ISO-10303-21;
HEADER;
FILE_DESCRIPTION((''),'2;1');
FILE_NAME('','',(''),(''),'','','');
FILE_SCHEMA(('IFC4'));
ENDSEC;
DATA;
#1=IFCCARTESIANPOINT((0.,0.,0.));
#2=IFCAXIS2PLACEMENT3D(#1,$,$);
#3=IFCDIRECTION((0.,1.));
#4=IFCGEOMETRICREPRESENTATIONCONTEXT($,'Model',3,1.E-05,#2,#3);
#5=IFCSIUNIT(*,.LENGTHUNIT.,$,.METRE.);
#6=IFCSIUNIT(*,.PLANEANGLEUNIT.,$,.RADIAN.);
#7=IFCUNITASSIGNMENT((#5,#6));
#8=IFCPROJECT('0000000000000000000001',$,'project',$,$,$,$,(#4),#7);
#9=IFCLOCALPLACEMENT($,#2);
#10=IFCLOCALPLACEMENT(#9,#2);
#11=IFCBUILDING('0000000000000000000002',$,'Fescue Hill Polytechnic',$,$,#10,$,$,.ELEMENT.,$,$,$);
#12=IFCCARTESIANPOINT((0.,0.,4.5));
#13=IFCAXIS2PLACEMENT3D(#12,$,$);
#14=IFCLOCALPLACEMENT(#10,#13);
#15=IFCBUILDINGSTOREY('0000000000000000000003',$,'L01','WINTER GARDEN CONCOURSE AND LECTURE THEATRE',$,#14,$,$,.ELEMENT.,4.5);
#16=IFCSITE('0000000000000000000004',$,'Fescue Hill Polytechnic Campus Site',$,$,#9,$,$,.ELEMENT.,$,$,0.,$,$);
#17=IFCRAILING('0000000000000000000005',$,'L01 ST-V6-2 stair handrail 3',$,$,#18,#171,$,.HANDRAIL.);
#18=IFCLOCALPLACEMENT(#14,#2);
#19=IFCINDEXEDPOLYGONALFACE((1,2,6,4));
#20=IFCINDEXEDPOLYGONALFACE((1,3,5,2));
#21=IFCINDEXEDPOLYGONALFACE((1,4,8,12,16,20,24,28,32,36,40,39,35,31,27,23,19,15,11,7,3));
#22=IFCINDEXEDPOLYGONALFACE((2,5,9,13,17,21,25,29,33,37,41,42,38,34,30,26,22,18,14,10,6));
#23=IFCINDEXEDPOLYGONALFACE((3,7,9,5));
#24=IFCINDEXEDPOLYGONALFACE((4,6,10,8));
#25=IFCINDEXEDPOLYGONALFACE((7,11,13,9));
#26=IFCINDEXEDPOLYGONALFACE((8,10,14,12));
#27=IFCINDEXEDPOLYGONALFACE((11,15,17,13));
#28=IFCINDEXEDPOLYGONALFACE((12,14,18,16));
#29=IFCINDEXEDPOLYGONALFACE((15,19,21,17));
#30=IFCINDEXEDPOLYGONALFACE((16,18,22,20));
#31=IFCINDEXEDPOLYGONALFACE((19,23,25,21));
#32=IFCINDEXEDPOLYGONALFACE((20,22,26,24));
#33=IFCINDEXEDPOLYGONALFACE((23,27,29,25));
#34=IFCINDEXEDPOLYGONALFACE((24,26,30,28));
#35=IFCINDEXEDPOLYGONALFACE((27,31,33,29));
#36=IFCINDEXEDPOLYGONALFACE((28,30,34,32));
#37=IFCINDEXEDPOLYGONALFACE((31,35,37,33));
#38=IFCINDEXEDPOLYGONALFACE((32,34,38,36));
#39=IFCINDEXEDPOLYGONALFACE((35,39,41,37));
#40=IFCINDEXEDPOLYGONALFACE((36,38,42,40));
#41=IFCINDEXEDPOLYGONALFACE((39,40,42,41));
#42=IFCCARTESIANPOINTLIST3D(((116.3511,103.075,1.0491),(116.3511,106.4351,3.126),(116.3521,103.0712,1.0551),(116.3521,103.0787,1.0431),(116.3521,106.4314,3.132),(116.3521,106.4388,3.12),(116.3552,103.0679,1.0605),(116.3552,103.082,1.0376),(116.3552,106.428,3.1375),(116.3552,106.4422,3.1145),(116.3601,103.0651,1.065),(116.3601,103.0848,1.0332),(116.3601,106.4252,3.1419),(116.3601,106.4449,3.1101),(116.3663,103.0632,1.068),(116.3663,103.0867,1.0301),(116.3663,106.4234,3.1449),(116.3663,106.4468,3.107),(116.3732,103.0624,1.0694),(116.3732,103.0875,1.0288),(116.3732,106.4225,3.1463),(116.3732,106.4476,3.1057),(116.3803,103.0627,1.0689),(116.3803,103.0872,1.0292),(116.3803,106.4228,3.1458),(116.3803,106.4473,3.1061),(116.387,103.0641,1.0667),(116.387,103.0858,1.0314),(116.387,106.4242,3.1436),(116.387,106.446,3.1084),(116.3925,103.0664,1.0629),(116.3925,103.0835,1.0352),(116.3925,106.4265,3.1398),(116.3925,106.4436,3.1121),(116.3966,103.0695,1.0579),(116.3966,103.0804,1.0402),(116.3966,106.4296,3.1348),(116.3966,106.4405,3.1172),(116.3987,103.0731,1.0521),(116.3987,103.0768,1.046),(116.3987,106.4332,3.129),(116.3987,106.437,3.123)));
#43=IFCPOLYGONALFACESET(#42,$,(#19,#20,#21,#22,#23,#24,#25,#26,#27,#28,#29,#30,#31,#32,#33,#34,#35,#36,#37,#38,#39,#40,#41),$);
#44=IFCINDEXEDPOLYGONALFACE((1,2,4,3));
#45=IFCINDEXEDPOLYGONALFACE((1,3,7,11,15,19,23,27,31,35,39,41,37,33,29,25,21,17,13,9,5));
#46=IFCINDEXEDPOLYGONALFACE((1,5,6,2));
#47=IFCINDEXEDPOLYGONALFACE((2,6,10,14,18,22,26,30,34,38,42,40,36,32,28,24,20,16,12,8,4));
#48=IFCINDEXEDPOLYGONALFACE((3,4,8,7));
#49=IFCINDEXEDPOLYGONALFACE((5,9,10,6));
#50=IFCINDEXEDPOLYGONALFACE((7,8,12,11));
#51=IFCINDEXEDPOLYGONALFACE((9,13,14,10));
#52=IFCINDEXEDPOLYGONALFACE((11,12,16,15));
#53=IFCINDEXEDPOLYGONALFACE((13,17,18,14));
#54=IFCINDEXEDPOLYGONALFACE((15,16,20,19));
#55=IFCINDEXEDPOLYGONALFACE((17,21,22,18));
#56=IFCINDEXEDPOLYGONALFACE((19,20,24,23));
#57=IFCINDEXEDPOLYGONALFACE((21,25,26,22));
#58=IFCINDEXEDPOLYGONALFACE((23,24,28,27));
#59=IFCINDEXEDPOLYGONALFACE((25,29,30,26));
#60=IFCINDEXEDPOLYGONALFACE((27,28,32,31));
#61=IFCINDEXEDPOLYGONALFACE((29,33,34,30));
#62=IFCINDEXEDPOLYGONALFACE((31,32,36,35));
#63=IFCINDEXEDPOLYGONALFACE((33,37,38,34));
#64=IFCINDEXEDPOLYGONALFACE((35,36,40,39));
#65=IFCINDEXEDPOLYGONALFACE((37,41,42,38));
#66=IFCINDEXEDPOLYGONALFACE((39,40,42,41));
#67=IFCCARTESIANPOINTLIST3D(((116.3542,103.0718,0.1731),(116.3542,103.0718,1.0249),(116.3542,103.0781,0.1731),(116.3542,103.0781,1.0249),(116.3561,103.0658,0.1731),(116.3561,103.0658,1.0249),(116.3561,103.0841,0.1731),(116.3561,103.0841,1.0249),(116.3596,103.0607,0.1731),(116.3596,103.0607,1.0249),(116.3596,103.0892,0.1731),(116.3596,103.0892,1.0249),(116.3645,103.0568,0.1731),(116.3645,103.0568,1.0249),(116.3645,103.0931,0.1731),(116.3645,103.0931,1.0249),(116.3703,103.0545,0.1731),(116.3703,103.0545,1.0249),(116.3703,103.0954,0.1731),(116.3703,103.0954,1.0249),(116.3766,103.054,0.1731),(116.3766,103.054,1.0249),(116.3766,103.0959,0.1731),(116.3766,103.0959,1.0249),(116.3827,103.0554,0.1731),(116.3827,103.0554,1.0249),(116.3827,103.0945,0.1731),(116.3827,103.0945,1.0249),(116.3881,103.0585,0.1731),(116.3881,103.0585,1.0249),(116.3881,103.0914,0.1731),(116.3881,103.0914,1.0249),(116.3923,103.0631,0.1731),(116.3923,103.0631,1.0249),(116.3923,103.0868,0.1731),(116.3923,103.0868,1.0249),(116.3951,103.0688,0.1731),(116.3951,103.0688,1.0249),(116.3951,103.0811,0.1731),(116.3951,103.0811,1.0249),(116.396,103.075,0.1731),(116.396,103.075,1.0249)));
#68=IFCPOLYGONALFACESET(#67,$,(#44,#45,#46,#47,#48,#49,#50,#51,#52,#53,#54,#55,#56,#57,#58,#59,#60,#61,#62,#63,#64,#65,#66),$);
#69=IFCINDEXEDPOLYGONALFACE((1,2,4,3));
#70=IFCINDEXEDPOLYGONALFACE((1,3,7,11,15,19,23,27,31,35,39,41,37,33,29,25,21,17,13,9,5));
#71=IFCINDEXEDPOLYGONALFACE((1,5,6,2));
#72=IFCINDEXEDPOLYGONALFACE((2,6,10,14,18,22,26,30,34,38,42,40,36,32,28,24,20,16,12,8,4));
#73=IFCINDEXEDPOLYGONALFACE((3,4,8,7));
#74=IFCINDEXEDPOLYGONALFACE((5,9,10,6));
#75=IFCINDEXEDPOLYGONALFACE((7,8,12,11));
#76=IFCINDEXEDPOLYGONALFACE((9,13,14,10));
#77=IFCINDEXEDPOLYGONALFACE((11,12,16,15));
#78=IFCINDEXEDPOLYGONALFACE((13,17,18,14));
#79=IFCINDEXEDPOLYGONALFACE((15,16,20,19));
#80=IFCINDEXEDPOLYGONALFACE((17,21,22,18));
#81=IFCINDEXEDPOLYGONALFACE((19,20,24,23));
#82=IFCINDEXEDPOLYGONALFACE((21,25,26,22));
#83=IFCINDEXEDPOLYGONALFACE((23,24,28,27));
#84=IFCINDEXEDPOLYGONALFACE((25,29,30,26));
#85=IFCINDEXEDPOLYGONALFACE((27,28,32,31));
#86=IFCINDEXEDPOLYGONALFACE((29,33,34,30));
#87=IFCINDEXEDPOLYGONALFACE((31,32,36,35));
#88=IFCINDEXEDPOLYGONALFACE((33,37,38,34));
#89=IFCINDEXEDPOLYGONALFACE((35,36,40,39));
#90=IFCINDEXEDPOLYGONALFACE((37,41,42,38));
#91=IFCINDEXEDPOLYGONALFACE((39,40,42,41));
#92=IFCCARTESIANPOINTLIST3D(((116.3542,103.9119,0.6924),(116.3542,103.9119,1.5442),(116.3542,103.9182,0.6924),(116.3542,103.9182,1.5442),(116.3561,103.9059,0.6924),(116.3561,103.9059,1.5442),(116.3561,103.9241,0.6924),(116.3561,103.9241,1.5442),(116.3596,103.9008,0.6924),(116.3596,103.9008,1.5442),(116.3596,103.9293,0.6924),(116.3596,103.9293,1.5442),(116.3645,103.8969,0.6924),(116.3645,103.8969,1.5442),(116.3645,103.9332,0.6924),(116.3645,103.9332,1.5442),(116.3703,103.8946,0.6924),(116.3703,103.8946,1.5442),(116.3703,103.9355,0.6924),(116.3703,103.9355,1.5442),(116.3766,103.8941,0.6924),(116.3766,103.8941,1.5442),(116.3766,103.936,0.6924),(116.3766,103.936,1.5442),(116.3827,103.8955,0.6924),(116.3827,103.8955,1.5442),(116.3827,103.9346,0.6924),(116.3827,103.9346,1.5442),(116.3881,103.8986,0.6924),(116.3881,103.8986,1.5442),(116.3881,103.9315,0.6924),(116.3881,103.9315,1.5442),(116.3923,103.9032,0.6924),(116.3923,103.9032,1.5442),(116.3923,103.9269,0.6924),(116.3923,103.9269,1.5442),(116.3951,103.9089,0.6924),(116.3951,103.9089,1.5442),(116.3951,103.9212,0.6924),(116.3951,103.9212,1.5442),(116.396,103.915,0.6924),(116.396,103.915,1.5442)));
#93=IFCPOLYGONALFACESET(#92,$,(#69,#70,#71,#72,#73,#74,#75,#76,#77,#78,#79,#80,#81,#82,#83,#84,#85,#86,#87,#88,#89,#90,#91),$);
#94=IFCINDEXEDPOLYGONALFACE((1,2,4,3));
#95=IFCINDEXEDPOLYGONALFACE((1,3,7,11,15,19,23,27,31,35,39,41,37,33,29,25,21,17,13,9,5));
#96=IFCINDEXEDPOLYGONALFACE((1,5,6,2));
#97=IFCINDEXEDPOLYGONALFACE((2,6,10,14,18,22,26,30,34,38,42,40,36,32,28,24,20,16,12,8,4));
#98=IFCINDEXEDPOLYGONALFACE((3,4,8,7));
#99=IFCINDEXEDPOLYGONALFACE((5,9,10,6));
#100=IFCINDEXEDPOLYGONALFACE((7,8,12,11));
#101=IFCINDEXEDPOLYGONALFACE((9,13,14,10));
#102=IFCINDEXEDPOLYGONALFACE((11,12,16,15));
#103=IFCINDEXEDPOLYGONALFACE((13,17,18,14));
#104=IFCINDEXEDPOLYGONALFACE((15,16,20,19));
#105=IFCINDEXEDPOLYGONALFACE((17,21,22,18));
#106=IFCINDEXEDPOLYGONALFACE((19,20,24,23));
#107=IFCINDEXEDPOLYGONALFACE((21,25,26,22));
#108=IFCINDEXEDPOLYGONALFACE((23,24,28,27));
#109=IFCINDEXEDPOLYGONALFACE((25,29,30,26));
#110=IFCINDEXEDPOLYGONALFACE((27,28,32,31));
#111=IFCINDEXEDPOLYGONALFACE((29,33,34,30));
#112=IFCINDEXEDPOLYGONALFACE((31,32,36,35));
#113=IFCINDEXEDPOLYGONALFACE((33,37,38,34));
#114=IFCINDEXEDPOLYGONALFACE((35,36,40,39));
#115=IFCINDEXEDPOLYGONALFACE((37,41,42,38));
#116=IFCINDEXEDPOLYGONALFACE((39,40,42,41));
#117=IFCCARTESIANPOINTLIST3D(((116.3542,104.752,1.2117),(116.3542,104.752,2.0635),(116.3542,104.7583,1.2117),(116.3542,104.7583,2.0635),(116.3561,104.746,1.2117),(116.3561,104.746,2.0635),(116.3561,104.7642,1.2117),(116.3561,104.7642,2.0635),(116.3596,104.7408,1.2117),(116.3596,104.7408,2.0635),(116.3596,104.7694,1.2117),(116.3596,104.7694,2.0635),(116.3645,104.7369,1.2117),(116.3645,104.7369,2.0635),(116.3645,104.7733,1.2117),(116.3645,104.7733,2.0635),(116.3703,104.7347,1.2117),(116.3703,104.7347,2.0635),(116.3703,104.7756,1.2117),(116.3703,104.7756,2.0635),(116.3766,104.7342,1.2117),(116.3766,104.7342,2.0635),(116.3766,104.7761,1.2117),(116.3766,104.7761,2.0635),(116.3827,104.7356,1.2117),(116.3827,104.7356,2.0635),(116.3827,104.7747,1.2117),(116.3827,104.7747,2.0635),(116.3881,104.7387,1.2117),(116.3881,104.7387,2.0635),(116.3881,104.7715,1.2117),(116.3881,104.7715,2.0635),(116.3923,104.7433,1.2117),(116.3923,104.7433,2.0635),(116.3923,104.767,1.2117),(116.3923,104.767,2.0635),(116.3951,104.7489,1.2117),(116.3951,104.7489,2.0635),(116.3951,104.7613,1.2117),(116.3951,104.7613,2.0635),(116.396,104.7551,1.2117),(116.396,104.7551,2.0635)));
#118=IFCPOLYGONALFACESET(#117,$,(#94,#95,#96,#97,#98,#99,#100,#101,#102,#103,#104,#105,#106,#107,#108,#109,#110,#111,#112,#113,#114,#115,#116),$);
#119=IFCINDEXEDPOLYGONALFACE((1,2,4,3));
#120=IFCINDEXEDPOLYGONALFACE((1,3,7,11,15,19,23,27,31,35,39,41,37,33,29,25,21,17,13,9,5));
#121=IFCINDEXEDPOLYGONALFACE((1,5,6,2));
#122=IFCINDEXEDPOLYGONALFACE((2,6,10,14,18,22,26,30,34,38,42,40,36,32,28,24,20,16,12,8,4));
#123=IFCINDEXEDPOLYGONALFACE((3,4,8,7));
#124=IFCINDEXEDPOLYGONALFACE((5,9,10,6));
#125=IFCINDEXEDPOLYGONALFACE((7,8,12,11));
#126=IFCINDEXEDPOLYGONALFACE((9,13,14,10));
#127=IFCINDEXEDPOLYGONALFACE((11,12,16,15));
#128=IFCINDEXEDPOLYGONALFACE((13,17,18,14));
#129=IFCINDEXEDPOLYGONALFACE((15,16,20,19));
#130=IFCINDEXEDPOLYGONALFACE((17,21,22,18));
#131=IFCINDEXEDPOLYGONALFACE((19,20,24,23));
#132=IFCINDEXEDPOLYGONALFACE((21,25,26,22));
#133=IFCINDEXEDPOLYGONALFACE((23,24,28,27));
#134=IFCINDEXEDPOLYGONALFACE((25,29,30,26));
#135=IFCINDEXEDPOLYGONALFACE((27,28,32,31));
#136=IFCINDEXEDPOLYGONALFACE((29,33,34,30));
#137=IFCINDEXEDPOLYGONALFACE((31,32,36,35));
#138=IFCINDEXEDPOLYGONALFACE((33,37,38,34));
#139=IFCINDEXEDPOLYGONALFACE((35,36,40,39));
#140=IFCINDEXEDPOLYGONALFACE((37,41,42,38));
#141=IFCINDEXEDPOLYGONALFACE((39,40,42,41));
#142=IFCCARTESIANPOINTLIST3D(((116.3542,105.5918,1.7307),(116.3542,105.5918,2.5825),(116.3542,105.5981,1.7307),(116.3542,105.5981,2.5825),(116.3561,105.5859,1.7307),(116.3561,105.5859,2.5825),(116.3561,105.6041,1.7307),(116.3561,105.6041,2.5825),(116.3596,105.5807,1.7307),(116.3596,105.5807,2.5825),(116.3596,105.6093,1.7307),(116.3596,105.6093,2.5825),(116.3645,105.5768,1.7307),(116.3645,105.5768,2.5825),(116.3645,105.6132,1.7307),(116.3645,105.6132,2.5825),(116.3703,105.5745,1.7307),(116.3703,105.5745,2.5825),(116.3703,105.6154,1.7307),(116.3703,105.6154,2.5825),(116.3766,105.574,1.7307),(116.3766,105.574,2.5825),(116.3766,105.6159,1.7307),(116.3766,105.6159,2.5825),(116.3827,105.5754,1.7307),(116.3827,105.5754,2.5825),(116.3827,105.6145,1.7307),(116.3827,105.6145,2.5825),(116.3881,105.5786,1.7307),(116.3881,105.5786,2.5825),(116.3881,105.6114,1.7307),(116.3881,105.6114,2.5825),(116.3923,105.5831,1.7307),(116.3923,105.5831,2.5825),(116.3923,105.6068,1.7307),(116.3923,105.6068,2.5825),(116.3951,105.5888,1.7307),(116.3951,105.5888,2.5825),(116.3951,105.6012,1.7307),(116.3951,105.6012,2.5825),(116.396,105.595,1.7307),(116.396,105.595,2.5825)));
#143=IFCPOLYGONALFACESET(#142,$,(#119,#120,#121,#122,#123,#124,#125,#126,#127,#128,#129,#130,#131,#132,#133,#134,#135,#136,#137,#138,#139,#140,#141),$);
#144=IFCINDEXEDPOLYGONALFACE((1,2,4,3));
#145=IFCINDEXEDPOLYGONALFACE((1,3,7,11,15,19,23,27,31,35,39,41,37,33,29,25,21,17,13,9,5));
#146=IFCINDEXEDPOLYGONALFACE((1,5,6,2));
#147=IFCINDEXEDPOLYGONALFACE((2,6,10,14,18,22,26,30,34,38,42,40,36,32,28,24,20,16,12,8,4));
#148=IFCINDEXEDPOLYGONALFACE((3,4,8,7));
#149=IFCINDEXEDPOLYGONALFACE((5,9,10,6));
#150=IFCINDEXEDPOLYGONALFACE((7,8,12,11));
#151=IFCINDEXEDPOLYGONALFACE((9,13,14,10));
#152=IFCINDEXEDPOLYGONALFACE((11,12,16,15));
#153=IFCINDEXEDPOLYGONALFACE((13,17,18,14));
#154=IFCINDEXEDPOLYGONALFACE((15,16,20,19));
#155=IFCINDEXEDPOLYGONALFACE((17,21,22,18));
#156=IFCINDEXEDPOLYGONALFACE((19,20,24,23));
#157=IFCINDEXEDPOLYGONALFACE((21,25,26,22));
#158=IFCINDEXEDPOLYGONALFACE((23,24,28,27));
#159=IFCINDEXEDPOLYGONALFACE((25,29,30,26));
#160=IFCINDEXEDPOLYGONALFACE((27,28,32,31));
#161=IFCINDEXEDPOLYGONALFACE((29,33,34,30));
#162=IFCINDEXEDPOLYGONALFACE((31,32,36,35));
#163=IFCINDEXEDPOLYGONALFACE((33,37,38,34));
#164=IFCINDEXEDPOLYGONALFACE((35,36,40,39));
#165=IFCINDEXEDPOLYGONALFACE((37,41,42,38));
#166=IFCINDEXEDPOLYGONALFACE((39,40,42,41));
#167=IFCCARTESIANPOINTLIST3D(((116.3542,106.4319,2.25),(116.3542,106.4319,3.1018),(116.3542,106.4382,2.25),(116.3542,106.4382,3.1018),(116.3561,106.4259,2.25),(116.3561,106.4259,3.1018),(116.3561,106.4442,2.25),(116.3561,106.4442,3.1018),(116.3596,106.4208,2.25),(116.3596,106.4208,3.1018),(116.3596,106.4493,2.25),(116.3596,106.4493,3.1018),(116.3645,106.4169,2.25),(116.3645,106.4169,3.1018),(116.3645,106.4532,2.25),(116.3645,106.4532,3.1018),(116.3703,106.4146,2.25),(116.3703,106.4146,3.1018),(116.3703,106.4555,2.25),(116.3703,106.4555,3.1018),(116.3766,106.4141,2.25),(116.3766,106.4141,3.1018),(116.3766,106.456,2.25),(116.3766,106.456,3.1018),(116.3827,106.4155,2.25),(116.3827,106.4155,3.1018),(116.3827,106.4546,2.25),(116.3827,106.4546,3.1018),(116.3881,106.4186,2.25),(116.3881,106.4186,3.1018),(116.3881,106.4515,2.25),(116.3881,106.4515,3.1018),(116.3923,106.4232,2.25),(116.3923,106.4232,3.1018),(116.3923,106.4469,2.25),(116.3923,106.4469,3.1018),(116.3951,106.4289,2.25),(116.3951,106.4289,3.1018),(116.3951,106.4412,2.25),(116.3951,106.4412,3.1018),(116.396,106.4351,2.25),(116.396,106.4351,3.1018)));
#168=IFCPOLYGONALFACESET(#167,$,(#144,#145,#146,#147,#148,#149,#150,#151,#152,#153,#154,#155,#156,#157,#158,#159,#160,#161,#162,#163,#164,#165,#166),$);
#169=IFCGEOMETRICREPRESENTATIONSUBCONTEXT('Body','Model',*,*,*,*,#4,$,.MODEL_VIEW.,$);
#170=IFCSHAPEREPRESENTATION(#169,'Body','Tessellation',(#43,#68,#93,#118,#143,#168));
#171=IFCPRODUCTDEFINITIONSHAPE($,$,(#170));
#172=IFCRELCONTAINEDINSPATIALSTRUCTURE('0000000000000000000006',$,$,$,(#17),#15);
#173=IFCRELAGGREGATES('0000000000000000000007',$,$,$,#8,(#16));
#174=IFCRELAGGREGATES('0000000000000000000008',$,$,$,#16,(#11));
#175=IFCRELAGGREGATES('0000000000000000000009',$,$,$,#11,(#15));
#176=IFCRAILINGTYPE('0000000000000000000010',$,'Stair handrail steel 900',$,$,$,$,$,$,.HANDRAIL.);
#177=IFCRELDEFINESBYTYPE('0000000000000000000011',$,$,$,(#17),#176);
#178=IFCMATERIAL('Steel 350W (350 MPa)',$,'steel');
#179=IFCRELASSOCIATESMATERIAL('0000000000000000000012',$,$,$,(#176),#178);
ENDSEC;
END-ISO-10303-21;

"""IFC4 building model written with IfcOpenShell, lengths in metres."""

from ifc_helpers import new_model, si_unit, direction, frame, origin, origin_2d, place, context, subcontext, project, spatial, circle, extrude, material, type_object, element, save


model = new_model("IFC4")

# Units and contexts
model_context = context("Model", 3, precision=1e-05, world=origin(), true_north=direction((0.0, 1.0)))
body_context = subcontext(model_context, "Body", "Model", "MODEL_VIEW")
ifc_project = project(units=[si_unit("LENGTHUNIT", "METRE"), si_unit("PLANEANGLEUNIT", "RADIAN")], contexts=[model_context])

# Site, building, storey
site_placement = place(None, origin())
site = spatial("IfcSite", under=ifc_project, at=site_placement, Name="Fescue Hill Polytechnic Campus Site", CompositionType="ELEMENT", RefElevation=0.0)
building_placement = place(site_placement, origin())
building = spatial("IfcBuilding", under=site, at=building_placement, Name="Fescue Hill Polytechnic", CompositionType="ELEMENT")
storey_placement = place(building_placement, frame((0.0, 0.0, 4.5)))
storey = spatial("IfcBuildingStorey", under=building, at=storey_placement, Name="L01", Description="WINTER GARDEN CONCOURSE AND LECTURE THEATRE", CompositionType="ELEMENT", Elevation=4.5)

# Railing
ifc_material_1 = material(Name="Steel 350W (350 MPa)", Category="steel")
railing_type_1 = type_object("IfcRailingType", Name="Stair handrail steel 900", PredefinedType="HANDRAIL", material=ifc_material_1)
railing_1_placement = place(storey_placement, frame((116.375, 103.075, 0.1731)))
element("IfcRailing", 1, at=railing_1_placement, inside=storey, type_object=railing_type_1, Name="L01 ST-V6-2 stair handrail 3", PredefinedType="HANDRAIL", context=body_context, shape_type="SweptSolid", body=[
    extrude(circle(Radius=0.0239, at=origin_2d()), frame((0.0, 0.0, 0.876), z_axis=(0.0, 0.850623, 0.525776), x_axis=(-1.0, 0.0, 0.0)), (0.0, 0.0, 1.0), 3.9502),
    extrude(circle(Radius=0.021, at=origin_2d()), origin(), (0.0, 0.0, 1.0), 0.8518),
    extrude(circle(Radius=0.021, at=origin_2d()), frame((0.0, 0.8401, 0.5193)), (0.0, 0.0, 1.0), 0.8518),
    extrude(circle(Radius=0.021, at=origin_2d()), frame((0.0, 1.6802, 1.0386)), (0.0, 0.0, 1.0), 0.8518),
    extrude(circle(Radius=0.021, at=origin_2d()), frame((0.0, 2.52, 1.5576)), (0.0, 0.0, 1.0), 0.8518),
    extrude(circle(Radius=0.021, at=origin_2d()), frame((0.0, 3.3601, 2.0769)), (0.0, 0.0, 1.0), 0.8518),
])

save(model, "model.ifc")
